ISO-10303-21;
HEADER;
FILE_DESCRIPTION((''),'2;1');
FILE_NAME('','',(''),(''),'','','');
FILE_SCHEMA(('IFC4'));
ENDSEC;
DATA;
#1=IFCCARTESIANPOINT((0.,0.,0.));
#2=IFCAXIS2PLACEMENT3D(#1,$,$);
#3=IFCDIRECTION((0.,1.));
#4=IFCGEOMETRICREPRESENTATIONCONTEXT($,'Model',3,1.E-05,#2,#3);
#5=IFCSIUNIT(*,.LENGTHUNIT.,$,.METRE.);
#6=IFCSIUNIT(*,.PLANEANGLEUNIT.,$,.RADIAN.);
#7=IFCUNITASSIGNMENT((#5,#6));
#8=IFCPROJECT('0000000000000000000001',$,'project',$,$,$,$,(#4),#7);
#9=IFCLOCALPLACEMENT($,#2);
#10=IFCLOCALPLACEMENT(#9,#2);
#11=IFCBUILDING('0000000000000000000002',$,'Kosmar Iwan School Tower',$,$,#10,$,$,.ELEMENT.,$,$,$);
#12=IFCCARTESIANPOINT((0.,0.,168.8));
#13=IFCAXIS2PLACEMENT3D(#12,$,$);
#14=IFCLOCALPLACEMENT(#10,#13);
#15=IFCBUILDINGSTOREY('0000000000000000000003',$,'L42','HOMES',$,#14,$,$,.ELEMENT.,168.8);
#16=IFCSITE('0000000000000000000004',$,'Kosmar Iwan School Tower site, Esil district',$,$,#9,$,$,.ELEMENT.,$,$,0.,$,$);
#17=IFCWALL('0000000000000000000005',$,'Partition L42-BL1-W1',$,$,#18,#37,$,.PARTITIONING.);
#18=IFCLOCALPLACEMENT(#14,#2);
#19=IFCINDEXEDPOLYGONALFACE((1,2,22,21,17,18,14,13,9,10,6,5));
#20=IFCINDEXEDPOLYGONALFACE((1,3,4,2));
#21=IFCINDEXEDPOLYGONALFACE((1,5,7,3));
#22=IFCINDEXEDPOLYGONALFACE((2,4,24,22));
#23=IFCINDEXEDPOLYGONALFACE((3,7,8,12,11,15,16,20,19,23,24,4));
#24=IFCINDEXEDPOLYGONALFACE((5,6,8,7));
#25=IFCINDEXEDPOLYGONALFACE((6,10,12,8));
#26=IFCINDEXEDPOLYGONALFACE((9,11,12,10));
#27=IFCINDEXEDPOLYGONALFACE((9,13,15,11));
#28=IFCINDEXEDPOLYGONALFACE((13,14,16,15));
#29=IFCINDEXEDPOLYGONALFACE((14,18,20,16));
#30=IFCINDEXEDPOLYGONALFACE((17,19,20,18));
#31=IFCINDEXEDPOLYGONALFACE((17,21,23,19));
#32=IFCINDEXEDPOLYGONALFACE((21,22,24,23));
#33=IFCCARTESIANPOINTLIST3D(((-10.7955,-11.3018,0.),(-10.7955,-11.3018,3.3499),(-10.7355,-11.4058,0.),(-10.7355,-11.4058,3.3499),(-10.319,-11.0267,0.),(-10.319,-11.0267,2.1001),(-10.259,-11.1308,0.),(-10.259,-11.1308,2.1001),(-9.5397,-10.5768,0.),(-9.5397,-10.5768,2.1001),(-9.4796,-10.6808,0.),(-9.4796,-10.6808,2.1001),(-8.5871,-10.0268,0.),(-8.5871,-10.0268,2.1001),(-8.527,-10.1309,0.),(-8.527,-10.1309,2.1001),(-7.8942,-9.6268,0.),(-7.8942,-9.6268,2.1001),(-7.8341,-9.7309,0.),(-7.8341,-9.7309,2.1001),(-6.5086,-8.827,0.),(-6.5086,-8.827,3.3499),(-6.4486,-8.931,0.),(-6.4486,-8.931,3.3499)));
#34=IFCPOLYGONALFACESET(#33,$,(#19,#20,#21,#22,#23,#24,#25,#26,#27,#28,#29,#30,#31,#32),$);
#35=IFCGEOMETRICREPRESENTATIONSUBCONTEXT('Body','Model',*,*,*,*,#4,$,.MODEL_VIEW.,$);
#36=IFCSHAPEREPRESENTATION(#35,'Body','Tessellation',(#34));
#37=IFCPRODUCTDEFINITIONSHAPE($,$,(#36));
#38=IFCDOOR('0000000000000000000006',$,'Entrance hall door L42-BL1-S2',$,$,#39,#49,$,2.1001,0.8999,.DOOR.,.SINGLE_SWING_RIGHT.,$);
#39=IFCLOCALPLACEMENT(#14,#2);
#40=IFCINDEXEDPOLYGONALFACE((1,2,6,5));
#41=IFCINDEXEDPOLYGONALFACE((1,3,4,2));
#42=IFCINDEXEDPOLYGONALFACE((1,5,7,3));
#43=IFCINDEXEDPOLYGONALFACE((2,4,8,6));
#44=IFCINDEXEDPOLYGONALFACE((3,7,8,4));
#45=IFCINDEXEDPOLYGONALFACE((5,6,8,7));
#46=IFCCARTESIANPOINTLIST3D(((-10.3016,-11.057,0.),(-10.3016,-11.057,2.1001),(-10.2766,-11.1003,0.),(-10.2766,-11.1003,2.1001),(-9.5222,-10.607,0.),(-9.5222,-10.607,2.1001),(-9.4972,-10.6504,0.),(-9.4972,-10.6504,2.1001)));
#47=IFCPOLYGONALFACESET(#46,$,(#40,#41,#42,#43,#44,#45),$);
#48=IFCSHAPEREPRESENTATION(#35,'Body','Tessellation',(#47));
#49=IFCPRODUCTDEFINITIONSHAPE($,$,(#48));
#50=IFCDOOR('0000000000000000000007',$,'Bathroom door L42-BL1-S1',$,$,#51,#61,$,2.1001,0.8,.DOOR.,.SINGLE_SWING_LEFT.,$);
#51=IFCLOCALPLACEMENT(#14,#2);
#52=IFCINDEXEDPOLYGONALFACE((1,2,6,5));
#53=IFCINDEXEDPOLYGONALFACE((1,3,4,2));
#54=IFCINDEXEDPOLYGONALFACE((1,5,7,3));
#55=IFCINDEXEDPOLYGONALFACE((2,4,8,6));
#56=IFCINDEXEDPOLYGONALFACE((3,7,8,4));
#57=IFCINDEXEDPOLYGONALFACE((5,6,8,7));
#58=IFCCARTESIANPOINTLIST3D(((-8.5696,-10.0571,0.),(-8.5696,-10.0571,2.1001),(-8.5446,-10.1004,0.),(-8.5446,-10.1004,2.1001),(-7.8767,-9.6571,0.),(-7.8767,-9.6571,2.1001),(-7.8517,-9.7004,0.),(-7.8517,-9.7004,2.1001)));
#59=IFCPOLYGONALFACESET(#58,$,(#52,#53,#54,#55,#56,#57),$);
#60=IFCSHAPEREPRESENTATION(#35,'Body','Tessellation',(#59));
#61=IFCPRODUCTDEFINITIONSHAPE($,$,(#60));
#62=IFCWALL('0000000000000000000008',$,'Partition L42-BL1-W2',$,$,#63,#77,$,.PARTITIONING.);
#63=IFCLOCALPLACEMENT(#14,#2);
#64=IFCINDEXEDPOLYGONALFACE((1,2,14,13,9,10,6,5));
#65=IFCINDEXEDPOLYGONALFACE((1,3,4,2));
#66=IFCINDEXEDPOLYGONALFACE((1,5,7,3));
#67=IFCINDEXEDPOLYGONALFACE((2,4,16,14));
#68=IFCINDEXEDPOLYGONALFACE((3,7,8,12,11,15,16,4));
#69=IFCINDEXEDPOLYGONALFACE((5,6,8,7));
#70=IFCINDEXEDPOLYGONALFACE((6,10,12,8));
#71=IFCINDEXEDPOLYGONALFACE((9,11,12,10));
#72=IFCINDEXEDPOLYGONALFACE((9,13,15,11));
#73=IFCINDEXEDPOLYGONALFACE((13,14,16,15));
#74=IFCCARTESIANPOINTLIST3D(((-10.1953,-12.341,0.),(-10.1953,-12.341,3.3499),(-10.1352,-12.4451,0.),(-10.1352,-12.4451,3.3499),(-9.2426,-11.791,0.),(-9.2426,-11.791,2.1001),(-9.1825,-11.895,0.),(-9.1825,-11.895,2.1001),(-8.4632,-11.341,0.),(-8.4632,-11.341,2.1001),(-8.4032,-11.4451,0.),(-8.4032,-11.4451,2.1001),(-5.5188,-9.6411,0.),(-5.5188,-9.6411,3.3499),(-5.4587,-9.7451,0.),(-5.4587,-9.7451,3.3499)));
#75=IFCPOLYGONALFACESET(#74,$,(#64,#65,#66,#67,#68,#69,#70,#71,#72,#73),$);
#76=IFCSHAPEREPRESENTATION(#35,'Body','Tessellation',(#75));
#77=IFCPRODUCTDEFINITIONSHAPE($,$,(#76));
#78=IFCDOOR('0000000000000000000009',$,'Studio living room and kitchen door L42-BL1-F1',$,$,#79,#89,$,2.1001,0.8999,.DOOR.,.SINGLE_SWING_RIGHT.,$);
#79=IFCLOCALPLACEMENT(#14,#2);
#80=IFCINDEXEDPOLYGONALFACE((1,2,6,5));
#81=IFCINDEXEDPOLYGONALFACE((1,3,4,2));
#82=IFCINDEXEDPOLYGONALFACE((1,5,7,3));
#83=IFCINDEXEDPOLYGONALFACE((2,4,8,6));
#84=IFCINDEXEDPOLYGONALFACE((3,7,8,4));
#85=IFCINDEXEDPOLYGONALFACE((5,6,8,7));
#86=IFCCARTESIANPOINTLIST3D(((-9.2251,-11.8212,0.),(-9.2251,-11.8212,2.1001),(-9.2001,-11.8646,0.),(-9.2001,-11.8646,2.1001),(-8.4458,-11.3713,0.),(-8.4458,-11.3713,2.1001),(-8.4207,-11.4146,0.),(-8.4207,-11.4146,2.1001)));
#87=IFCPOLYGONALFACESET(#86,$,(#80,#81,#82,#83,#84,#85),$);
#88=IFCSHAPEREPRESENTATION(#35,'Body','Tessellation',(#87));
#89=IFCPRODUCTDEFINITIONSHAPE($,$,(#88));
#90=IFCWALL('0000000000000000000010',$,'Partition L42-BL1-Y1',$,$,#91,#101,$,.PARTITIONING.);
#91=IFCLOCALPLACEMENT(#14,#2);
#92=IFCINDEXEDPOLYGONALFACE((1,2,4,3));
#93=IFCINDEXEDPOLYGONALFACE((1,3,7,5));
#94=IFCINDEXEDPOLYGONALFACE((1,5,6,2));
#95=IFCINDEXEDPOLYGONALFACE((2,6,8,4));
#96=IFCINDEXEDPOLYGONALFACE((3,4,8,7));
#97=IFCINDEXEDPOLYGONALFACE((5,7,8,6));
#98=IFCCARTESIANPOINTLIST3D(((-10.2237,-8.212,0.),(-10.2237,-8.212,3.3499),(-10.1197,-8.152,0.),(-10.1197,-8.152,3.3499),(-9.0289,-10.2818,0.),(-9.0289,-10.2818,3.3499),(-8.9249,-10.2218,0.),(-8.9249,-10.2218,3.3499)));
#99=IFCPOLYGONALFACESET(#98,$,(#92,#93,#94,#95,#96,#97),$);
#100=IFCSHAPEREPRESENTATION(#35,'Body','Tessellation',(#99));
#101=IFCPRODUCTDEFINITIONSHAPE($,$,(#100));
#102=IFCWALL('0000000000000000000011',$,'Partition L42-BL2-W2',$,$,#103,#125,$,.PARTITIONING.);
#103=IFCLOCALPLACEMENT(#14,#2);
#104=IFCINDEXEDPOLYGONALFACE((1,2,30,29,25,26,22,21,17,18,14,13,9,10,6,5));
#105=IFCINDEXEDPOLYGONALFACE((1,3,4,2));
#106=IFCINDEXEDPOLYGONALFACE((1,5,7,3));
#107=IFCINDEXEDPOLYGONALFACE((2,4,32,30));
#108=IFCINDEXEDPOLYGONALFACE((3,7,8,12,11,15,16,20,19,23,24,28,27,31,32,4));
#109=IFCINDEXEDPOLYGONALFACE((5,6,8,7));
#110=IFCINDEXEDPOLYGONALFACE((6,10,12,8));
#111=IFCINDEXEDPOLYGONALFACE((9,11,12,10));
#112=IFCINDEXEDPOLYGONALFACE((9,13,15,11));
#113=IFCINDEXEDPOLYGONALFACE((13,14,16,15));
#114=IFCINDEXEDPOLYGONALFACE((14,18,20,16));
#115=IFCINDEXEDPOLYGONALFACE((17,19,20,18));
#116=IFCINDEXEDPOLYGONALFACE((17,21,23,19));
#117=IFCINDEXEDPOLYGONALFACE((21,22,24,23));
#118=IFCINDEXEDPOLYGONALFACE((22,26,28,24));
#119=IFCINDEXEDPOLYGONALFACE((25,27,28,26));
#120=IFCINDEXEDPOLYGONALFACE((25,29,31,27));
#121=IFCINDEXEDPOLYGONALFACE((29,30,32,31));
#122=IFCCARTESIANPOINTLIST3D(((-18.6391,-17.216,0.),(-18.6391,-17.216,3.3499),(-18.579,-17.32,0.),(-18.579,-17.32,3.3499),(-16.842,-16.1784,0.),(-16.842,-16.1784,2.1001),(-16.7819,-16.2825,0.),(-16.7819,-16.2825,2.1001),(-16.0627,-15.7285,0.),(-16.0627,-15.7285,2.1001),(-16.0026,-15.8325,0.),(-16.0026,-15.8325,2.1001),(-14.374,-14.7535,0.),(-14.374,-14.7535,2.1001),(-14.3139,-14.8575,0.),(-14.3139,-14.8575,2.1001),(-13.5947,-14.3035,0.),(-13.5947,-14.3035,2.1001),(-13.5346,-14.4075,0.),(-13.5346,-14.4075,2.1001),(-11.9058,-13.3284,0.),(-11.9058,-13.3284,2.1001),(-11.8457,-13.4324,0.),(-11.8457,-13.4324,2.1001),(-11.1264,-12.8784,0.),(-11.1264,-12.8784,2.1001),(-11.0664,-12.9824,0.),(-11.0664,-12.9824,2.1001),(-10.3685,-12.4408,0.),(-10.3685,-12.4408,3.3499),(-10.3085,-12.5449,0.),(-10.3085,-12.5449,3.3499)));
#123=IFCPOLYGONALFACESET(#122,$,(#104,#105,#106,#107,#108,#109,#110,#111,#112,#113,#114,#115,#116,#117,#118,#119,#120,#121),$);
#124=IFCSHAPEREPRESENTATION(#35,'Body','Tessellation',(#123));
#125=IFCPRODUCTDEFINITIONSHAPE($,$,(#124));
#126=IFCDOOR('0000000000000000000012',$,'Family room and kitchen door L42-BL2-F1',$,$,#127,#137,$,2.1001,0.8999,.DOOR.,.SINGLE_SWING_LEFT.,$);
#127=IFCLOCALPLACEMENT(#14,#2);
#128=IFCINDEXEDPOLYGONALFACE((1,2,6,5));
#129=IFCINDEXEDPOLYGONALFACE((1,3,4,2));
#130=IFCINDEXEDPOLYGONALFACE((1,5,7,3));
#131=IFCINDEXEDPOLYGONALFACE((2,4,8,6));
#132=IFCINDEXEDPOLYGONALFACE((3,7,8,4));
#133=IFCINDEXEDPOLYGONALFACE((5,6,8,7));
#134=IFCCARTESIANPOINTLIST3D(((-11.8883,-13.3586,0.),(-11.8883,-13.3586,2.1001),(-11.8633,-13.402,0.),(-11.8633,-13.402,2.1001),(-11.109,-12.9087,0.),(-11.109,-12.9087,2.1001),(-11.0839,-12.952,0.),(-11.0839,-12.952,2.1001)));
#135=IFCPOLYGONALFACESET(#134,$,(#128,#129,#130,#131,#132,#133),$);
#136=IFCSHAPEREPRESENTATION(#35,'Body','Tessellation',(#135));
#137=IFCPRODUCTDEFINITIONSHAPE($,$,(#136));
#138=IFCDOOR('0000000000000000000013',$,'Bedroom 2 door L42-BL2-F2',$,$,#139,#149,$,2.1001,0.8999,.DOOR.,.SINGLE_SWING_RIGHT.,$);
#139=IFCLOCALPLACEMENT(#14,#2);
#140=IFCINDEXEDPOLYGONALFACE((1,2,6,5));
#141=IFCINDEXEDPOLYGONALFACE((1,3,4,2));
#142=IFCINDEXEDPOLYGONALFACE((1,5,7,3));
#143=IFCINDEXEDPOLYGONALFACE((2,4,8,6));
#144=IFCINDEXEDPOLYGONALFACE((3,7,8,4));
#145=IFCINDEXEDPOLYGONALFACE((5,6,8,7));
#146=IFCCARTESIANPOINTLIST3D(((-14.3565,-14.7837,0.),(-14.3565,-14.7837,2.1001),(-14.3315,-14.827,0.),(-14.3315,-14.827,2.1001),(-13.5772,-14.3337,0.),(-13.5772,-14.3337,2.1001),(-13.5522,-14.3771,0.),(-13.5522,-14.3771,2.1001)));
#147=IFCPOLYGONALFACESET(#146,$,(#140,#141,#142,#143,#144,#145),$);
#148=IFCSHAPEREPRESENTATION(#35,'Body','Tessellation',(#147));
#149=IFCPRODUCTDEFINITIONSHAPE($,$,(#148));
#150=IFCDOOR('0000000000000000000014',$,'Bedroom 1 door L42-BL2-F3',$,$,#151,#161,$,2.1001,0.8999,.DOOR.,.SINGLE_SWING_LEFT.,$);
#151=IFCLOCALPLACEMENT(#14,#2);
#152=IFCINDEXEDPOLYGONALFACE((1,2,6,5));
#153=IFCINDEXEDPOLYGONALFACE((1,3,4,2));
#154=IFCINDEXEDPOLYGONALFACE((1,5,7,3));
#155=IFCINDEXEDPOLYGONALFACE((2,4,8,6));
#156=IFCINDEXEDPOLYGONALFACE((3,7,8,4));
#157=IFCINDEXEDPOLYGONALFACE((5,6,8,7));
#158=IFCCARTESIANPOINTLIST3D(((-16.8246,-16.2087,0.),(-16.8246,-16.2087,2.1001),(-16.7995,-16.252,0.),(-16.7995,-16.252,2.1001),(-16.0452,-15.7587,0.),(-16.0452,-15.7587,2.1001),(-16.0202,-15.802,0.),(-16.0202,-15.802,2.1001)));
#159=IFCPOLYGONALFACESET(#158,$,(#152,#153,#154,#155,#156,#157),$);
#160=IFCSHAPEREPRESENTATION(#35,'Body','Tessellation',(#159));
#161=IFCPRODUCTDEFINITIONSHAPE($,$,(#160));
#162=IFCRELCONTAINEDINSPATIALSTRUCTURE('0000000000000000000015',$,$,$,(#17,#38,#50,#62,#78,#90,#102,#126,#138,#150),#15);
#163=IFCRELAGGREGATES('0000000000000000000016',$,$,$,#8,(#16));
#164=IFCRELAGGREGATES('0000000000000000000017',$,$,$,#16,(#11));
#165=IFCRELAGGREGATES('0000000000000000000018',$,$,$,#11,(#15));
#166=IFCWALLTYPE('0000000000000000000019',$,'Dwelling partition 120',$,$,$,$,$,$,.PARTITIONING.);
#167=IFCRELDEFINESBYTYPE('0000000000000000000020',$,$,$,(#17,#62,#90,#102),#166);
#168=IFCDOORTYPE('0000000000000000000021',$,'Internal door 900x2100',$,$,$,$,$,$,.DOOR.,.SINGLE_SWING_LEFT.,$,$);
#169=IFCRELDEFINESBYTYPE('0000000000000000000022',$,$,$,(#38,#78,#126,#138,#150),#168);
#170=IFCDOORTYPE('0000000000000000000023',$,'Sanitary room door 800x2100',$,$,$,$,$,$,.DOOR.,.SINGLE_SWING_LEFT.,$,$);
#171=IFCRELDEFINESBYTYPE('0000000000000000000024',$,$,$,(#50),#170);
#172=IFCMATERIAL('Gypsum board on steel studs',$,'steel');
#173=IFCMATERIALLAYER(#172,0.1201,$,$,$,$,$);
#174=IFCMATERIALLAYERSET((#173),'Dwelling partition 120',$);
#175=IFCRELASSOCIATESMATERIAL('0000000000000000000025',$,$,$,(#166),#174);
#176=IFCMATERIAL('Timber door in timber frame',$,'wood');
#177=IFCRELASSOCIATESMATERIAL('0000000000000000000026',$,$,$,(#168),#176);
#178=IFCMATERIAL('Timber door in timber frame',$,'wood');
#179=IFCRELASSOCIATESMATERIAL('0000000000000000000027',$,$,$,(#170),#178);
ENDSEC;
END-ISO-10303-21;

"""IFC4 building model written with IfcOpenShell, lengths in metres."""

from ifc_helpers import new_model, si_unit, direction, frame, frame_2d, origin, place, context, subcontext, project, spatial, rectangle, extrude, material, layer, layer_set, type_object, element, fill, save


model = new_model("IFC4")

# Units and contexts
model_context = context("Model", 3, precision=1e-05, world=origin(), true_north=direction((0.0, 1.0)))
body_context = subcontext(model_context, "Body", "Model", "MODEL_VIEW")
ifc_project = project(units=[si_unit("LENGTHUNIT", "METRE"), si_unit("PLANEANGLEUNIT", "RADIAN")], contexts=[model_context])

# Site, building, storey
site_placement = place(None, origin())
site = spatial("IfcSite", under=ifc_project, at=site_placement, Name="Kosmar Iwan School Tower site, Esil district", CompositionType="ELEMENT", RefElevation=0.0)
building_placement = place(site_placement, origin())
building = spatial("IfcBuilding", under=site, at=building_placement, Name="Kosmar Iwan School Tower", CompositionType="ELEMENT")
storey_placement = place(building_placement, frame((0.0, 0.0, 168.8)))
storey = spatial("IfcBuildingStorey", under=building, at=storey_placement, Name="L42", Description="HOMES", CompositionType="ELEMENT", Elevation=168.8)

# Wall, openings, doors
ifc_material_1 = material(Name="Gypsum board on steel studs", Category="steel")
ifc_layer_1 = layer(ifc_material_1, 0.1201)
ifc_layer_set_1 = layer_set([ifc_layer_1], Name="Dwelling partition 120")
wall_type_1 = type_object("IfcWallType", Name="Dwelling partition 120", PredefinedType="PARTITIONING", material=ifc_layer_set_1)
wall_1_placement = place(storey_placement, frame((-6.4785, -8.8789, 0.0), z_axis=(0.0, 0.0, 1.0), x_axis=(-0.86604, -0.499974, 0.0)))
wall_1 = element("IfcWall", 1, at=wall_1_placement, inside=storey, type_object=wall_type_1, Name="Partition L42-BL1-W1", PredefinedType="PARTITIONING", context=body_context, shape_type="SweptSolid", body=[
    extrude(rectangle(XDim=4.95, YDim=0.1201, at=frame_2d((2.4751, 0.0))), origin(), (0.0, 0.0, 1.0), 3.3499),
])
opening_1_placement = place(wall_1_placement, frame((1.6001, 0.0, 0.0)))
opening_1 = element("IfcOpeningElement", 2, at=opening_1_placement, cuts=wall_1, PredefinedType="OPENING", context=body_context, shape_type="SweptSolid", body=[
    extrude(rectangle(XDim=0.8, YDim=2.1001, at=frame_2d((0.3999, 1.05))), frame((0.0, 0.072, 0.0), z_axis=(0.0, -1.0, 0.0), x_axis=(1.0, 0.0, 0.0)), (0.0, 0.0, 1.0), 0.144),
])
opening_2_placement = place(wall_1_placement, frame((3.5, 0.0, 0.0)))
opening_2 = element("IfcOpeningElement", 3, at=opening_2_placement, cuts=wall_1, PredefinedType="OPENING", context=body_context, shape_type="SweptSolid", body=[
    extrude(rectangle(XDim=0.8999, YDim=2.1001, at=frame_2d((0.45, 1.05))), frame((0.0, 0.072, 0.0), z_axis=(0.0, -1.0, 0.0), x_axis=(1.0, 0.0, 0.0)), (0.0, 0.0, 1.0), 0.144),
])
ifc_material_2 = material(Name="Timber door in timber frame", Category="wood")
door_type_1 = type_object("IfcDoorType", Name="Internal door 900x2100", OperationType="SINGLE_SWING_LEFT", PredefinedType="DOOR", material=ifc_material_2)
door_1_placement = place(opening_2_placement, origin())
door_1 = element("IfcDoor", 4, at=door_1_placement, inside=storey, type_object=door_type_1, Name="Entrance hall door L42-BL1-S2", OperationType="SINGLE_SWING_RIGHT", OverallHeight=2.1001, OverallWidth=0.8999, PredefinedType="DOOR", context=body_context, shape_type="SweptSolid", body=[
    extrude(rectangle(XDim=0.8999, YDim=2.1001, at=frame_2d((0.45, 1.05))), frame((0.0, 0.0249, 0.0), z_axis=(0.0, -1.0, 0.0), x_axis=(1.0, 0.0, 0.0)), (0.0, 0.0, 1.0), 0.05),
])
fill(opening_2, door_1)
ifc_material_3 = material(Name="Timber door in timber frame", Category="wood")
door_type_2 = type_object("IfcDoorType", Name="Sanitary room door 800x2100", OperationType="SINGLE_SWING_LEFT", PredefinedType="DOOR", material=ifc_material_3)
door_2_placement = place(opening_1_placement, origin())
door_2 = element("IfcDoor", 5, at=door_2_placement, inside=storey, type_object=door_type_2, Name="Bathroom door L42-BL1-S1", OperationType="SINGLE_SWING_LEFT", OverallHeight=2.1001, OverallWidth=0.8, PredefinedType="DOOR", context=body_context, shape_type="SweptSolid", body=[
    extrude(rectangle(XDim=0.8, YDim=2.1001, at=frame_2d((0.3999, 1.05))), frame((0.0, 0.0249, 0.0), z_axis=(0.0, -1.0, 0.0), x_axis=(1.0, 0.0, 0.0)), (0.0, 0.0, 1.0), 0.05),
])
fill(opening_1, door_2)

# Wall, opening, door
wall_2_placement = place(storey_placement, frame((-5.4888, -9.6931, 0.0), z_axis=(0.0, 0.0, 1.0), x_axis=(-0.866028, -0.499995, 0.0)))
wall_2 = element("IfcWall", 6, at=wall_2_placement, inside=storey, type_object=wall_type_1, Name="Partition L42-BL1-W2", PredefinedType="PARTITIONING", context=body_context, shape_type="SweptSolid", body=[
    extrude(rectangle(XDim=5.3999, YDim=0.1201, at=frame_2d((2.7, 0.0))), origin(), (0.0, 0.0, 1.0), 3.3499),
])
opening_3_placement = place(wall_2_placement, frame((3.3999, 0.0, 0.0)))
opening_3 = element("IfcOpeningElement", 7, at=opening_3_placement, cuts=wall_2, PredefinedType="OPENING", context=body_context, shape_type="SweptSolid", body=[
    extrude(rectangle(XDim=0.8999, YDim=2.1001, at=frame_2d((0.45, 1.05))), frame((0.0, 0.072, 0.0), z_axis=(0.0, -1.0, 0.0), x_axis=(1.0, 0.0, 0.0)), (0.0, 0.0, 1.0), 0.144),
])
door_3_placement = place(opening_3_placement, origin())
door_3 = element("IfcDoor", 8, at=door_3_placement, inside=storey, type_object=door_type_1, Name="Studio living room and kitchen door L42-BL1-F1", OperationType="SINGLE_SWING_RIGHT", OverallHeight=2.1001, OverallWidth=0.8999, PredefinedType="DOOR", context=body_context, shape_type="SweptSolid", body=[
    extrude(rectangle(XDim=0.8999, YDim=2.1001, at=frame_2d((0.45, 1.05))), frame((0.0, 0.0249, 0.0), z_axis=(0.0, -1.0, 0.0), x_axis=(1.0, 0.0, 0.0)), (0.0, 0.0, 1.0), 0.05),
])
fill(opening_3, door_3)

# Wall
wall_3_placement = place(storey_placement, frame((-10.1716, -8.1821, 0.0), z_axis=(0.0, 0.0, 1.0), x_axis=(0.499941, -0.86606, 0.0)))
element("IfcWall", 9, at=wall_3_placement, inside=storey, type_object=wall_type_1, Name="Partition L42-BL1-Y1", PredefinedType="PARTITIONING", context=body_context, shape_type="SweptSolid", body=[
    extrude(rectangle(XDim=2.3899, YDim=0.1201, at=frame_2d((1.1948, 0.0))), origin(), (0.0, 0.0, 1.0), 3.3499),
])

# Wall, openings, doors
wall_4_placement = place(storey_placement, frame((-10.3386, -12.4929, 0.0), z_axis=(0.0, 0.0, 1.0), x_axis=(-0.866018, -0.500013, 0.0)))
wall_4 = element("IfcWall", 10, at=wall_4_placement, inside=storey, type_object=wall_type_1, Name="Partition L42-BL2-W2", PredefinedType="PARTITIONING", context=body_context, shape_type="SweptSolid", body=[
    extrude(rectangle(XDim=9.55, YDim=0.1201, at=frame_2d((4.7749, 0.0))), origin(), (0.0, 0.0, 1.0), 3.3499),
])
opening_4_placement = place(wall_4_placement, frame((0.875, 0.0, 0.0)))
opening_4 = element("IfcOpeningElement", 11, at=opening_4_placement, cuts=wall_4, PredefinedType="OPENING", context=body_context, shape_type="SweptSolid", body=[
    extrude(rectangle(XDim=0.8999, YDim=2.1001, at=frame_2d((0.45, 1.05))), frame((0.0, 0.072, 0.0), z_axis=(0.0, -1.0, 0.0), x_axis=(1.0, 0.0, 0.0)), (0.0, 0.0, 1.0), 0.144),
])
opening_5_placement = place(wall_4_placement, frame((3.7251, 0.0, 0.0)))
opening_5 = element("IfcOpeningElement", 12, at=opening_5_placement, cuts=wall_4, PredefinedType="OPENING", context=body_context, shape_type="SweptSolid", body=[
    extrude(rectangle(XDim=0.8999, YDim=2.1001, at=frame_2d((0.45, 1.05))), frame((0.0, 0.072, 0.0), z_axis=(0.0, -1.0, 0.0), x_axis=(1.0, 0.0, 0.0)), (0.0, 0.0, 1.0), 0.144),
])
opening_6_placement = place(wall_4_placement, frame((6.575, 0.0, 0.0)))
opening_6 = element("IfcOpeningElement", 13, at=opening_6_placement, cuts=wall_4, PredefinedType="OPENING", context=body_context, shape_type="SweptSolid", body=[
    extrude(rectangle(XDim=0.8999, YDim=2.1001, at=frame_2d((0.45, 1.05))), frame((0.0, 0.072, 0.0), z_axis=(0.0, -1.0, 0.0), x_axis=(1.0, 0.0, 0.0)), (0.0, 0.0, 1.0), 0.144),
])
door_4_placement = place(opening_4_placement, origin())
door_4 = element("IfcDoor", 14, at=door_4_placement, inside=storey, type_object=door_type_1, Name="Family room and kitchen door L42-BL2-F1", OperationType="SINGLE_SWING_LEFT", OverallHeight=2.1001, OverallWidth=0.8999, PredefinedType="DOOR", context=body_context, shape_type="SweptSolid", body=[
    extrude(rectangle(XDim=0.8999, YDim=2.1001, at=frame_2d((0.45, 1.05))), frame((0.0, 0.0249, 0.0), z_axis=(0.0, -1.0, 0.0), x_axis=(1.0, 0.0, 0.0)), (0.0, 0.0, 1.0), 0.05),
])
fill(opening_4, door_4)
door_5_placement = place(opening_5_placement, origin())
door_5 = element("IfcDoor", 15, at=door_5_placement, inside=storey, type_object=door_type_1, Name="Bedroom 2 door L42-BL2-F2", OperationType="SINGLE_SWING_RIGHT", OverallHeight=2.1001, OverallWidth=0.8999, PredefinedType="DOOR", context=body_context, shape_type="SweptSolid", body=[
    extrude(rectangle(XDim=0.8999, YDim=2.1001, at=frame_2d((0.45, 1.05))), frame((0.0, 0.0249, 0.0), z_axis=(0.0, -1.0, 0.0), x_axis=(1.0, 0.0, 0.0)), (0.0, 0.0, 1.0), 0.05),
])
fill(opening_5, door_5)
door_6_placement = place(opening_6_placement, origin())
door_6 = element("IfcDoor", 16, at=door_6_placement, inside=storey, type_object=door_type_1, Name="Bedroom 1 door L42-BL2-F3", OperationType="SINGLE_SWING_LEFT", OverallHeight=2.1001, OverallWidth=0.8999, PredefinedType="DOOR", context=body_context, shape_type="SweptSolid", body=[
    extrude(rectangle(XDim=0.8999, YDim=2.1001, at=frame_2d((0.45, 1.05))), frame((0.0, 0.0249, 0.0), z_axis=(0.0, -1.0, 0.0), x_axis=(1.0, 0.0, 0.0)), (0.0, 0.0, 1.0), 0.05),
])
fill(opening_6, door_6)

save(model, "model.ifc")
